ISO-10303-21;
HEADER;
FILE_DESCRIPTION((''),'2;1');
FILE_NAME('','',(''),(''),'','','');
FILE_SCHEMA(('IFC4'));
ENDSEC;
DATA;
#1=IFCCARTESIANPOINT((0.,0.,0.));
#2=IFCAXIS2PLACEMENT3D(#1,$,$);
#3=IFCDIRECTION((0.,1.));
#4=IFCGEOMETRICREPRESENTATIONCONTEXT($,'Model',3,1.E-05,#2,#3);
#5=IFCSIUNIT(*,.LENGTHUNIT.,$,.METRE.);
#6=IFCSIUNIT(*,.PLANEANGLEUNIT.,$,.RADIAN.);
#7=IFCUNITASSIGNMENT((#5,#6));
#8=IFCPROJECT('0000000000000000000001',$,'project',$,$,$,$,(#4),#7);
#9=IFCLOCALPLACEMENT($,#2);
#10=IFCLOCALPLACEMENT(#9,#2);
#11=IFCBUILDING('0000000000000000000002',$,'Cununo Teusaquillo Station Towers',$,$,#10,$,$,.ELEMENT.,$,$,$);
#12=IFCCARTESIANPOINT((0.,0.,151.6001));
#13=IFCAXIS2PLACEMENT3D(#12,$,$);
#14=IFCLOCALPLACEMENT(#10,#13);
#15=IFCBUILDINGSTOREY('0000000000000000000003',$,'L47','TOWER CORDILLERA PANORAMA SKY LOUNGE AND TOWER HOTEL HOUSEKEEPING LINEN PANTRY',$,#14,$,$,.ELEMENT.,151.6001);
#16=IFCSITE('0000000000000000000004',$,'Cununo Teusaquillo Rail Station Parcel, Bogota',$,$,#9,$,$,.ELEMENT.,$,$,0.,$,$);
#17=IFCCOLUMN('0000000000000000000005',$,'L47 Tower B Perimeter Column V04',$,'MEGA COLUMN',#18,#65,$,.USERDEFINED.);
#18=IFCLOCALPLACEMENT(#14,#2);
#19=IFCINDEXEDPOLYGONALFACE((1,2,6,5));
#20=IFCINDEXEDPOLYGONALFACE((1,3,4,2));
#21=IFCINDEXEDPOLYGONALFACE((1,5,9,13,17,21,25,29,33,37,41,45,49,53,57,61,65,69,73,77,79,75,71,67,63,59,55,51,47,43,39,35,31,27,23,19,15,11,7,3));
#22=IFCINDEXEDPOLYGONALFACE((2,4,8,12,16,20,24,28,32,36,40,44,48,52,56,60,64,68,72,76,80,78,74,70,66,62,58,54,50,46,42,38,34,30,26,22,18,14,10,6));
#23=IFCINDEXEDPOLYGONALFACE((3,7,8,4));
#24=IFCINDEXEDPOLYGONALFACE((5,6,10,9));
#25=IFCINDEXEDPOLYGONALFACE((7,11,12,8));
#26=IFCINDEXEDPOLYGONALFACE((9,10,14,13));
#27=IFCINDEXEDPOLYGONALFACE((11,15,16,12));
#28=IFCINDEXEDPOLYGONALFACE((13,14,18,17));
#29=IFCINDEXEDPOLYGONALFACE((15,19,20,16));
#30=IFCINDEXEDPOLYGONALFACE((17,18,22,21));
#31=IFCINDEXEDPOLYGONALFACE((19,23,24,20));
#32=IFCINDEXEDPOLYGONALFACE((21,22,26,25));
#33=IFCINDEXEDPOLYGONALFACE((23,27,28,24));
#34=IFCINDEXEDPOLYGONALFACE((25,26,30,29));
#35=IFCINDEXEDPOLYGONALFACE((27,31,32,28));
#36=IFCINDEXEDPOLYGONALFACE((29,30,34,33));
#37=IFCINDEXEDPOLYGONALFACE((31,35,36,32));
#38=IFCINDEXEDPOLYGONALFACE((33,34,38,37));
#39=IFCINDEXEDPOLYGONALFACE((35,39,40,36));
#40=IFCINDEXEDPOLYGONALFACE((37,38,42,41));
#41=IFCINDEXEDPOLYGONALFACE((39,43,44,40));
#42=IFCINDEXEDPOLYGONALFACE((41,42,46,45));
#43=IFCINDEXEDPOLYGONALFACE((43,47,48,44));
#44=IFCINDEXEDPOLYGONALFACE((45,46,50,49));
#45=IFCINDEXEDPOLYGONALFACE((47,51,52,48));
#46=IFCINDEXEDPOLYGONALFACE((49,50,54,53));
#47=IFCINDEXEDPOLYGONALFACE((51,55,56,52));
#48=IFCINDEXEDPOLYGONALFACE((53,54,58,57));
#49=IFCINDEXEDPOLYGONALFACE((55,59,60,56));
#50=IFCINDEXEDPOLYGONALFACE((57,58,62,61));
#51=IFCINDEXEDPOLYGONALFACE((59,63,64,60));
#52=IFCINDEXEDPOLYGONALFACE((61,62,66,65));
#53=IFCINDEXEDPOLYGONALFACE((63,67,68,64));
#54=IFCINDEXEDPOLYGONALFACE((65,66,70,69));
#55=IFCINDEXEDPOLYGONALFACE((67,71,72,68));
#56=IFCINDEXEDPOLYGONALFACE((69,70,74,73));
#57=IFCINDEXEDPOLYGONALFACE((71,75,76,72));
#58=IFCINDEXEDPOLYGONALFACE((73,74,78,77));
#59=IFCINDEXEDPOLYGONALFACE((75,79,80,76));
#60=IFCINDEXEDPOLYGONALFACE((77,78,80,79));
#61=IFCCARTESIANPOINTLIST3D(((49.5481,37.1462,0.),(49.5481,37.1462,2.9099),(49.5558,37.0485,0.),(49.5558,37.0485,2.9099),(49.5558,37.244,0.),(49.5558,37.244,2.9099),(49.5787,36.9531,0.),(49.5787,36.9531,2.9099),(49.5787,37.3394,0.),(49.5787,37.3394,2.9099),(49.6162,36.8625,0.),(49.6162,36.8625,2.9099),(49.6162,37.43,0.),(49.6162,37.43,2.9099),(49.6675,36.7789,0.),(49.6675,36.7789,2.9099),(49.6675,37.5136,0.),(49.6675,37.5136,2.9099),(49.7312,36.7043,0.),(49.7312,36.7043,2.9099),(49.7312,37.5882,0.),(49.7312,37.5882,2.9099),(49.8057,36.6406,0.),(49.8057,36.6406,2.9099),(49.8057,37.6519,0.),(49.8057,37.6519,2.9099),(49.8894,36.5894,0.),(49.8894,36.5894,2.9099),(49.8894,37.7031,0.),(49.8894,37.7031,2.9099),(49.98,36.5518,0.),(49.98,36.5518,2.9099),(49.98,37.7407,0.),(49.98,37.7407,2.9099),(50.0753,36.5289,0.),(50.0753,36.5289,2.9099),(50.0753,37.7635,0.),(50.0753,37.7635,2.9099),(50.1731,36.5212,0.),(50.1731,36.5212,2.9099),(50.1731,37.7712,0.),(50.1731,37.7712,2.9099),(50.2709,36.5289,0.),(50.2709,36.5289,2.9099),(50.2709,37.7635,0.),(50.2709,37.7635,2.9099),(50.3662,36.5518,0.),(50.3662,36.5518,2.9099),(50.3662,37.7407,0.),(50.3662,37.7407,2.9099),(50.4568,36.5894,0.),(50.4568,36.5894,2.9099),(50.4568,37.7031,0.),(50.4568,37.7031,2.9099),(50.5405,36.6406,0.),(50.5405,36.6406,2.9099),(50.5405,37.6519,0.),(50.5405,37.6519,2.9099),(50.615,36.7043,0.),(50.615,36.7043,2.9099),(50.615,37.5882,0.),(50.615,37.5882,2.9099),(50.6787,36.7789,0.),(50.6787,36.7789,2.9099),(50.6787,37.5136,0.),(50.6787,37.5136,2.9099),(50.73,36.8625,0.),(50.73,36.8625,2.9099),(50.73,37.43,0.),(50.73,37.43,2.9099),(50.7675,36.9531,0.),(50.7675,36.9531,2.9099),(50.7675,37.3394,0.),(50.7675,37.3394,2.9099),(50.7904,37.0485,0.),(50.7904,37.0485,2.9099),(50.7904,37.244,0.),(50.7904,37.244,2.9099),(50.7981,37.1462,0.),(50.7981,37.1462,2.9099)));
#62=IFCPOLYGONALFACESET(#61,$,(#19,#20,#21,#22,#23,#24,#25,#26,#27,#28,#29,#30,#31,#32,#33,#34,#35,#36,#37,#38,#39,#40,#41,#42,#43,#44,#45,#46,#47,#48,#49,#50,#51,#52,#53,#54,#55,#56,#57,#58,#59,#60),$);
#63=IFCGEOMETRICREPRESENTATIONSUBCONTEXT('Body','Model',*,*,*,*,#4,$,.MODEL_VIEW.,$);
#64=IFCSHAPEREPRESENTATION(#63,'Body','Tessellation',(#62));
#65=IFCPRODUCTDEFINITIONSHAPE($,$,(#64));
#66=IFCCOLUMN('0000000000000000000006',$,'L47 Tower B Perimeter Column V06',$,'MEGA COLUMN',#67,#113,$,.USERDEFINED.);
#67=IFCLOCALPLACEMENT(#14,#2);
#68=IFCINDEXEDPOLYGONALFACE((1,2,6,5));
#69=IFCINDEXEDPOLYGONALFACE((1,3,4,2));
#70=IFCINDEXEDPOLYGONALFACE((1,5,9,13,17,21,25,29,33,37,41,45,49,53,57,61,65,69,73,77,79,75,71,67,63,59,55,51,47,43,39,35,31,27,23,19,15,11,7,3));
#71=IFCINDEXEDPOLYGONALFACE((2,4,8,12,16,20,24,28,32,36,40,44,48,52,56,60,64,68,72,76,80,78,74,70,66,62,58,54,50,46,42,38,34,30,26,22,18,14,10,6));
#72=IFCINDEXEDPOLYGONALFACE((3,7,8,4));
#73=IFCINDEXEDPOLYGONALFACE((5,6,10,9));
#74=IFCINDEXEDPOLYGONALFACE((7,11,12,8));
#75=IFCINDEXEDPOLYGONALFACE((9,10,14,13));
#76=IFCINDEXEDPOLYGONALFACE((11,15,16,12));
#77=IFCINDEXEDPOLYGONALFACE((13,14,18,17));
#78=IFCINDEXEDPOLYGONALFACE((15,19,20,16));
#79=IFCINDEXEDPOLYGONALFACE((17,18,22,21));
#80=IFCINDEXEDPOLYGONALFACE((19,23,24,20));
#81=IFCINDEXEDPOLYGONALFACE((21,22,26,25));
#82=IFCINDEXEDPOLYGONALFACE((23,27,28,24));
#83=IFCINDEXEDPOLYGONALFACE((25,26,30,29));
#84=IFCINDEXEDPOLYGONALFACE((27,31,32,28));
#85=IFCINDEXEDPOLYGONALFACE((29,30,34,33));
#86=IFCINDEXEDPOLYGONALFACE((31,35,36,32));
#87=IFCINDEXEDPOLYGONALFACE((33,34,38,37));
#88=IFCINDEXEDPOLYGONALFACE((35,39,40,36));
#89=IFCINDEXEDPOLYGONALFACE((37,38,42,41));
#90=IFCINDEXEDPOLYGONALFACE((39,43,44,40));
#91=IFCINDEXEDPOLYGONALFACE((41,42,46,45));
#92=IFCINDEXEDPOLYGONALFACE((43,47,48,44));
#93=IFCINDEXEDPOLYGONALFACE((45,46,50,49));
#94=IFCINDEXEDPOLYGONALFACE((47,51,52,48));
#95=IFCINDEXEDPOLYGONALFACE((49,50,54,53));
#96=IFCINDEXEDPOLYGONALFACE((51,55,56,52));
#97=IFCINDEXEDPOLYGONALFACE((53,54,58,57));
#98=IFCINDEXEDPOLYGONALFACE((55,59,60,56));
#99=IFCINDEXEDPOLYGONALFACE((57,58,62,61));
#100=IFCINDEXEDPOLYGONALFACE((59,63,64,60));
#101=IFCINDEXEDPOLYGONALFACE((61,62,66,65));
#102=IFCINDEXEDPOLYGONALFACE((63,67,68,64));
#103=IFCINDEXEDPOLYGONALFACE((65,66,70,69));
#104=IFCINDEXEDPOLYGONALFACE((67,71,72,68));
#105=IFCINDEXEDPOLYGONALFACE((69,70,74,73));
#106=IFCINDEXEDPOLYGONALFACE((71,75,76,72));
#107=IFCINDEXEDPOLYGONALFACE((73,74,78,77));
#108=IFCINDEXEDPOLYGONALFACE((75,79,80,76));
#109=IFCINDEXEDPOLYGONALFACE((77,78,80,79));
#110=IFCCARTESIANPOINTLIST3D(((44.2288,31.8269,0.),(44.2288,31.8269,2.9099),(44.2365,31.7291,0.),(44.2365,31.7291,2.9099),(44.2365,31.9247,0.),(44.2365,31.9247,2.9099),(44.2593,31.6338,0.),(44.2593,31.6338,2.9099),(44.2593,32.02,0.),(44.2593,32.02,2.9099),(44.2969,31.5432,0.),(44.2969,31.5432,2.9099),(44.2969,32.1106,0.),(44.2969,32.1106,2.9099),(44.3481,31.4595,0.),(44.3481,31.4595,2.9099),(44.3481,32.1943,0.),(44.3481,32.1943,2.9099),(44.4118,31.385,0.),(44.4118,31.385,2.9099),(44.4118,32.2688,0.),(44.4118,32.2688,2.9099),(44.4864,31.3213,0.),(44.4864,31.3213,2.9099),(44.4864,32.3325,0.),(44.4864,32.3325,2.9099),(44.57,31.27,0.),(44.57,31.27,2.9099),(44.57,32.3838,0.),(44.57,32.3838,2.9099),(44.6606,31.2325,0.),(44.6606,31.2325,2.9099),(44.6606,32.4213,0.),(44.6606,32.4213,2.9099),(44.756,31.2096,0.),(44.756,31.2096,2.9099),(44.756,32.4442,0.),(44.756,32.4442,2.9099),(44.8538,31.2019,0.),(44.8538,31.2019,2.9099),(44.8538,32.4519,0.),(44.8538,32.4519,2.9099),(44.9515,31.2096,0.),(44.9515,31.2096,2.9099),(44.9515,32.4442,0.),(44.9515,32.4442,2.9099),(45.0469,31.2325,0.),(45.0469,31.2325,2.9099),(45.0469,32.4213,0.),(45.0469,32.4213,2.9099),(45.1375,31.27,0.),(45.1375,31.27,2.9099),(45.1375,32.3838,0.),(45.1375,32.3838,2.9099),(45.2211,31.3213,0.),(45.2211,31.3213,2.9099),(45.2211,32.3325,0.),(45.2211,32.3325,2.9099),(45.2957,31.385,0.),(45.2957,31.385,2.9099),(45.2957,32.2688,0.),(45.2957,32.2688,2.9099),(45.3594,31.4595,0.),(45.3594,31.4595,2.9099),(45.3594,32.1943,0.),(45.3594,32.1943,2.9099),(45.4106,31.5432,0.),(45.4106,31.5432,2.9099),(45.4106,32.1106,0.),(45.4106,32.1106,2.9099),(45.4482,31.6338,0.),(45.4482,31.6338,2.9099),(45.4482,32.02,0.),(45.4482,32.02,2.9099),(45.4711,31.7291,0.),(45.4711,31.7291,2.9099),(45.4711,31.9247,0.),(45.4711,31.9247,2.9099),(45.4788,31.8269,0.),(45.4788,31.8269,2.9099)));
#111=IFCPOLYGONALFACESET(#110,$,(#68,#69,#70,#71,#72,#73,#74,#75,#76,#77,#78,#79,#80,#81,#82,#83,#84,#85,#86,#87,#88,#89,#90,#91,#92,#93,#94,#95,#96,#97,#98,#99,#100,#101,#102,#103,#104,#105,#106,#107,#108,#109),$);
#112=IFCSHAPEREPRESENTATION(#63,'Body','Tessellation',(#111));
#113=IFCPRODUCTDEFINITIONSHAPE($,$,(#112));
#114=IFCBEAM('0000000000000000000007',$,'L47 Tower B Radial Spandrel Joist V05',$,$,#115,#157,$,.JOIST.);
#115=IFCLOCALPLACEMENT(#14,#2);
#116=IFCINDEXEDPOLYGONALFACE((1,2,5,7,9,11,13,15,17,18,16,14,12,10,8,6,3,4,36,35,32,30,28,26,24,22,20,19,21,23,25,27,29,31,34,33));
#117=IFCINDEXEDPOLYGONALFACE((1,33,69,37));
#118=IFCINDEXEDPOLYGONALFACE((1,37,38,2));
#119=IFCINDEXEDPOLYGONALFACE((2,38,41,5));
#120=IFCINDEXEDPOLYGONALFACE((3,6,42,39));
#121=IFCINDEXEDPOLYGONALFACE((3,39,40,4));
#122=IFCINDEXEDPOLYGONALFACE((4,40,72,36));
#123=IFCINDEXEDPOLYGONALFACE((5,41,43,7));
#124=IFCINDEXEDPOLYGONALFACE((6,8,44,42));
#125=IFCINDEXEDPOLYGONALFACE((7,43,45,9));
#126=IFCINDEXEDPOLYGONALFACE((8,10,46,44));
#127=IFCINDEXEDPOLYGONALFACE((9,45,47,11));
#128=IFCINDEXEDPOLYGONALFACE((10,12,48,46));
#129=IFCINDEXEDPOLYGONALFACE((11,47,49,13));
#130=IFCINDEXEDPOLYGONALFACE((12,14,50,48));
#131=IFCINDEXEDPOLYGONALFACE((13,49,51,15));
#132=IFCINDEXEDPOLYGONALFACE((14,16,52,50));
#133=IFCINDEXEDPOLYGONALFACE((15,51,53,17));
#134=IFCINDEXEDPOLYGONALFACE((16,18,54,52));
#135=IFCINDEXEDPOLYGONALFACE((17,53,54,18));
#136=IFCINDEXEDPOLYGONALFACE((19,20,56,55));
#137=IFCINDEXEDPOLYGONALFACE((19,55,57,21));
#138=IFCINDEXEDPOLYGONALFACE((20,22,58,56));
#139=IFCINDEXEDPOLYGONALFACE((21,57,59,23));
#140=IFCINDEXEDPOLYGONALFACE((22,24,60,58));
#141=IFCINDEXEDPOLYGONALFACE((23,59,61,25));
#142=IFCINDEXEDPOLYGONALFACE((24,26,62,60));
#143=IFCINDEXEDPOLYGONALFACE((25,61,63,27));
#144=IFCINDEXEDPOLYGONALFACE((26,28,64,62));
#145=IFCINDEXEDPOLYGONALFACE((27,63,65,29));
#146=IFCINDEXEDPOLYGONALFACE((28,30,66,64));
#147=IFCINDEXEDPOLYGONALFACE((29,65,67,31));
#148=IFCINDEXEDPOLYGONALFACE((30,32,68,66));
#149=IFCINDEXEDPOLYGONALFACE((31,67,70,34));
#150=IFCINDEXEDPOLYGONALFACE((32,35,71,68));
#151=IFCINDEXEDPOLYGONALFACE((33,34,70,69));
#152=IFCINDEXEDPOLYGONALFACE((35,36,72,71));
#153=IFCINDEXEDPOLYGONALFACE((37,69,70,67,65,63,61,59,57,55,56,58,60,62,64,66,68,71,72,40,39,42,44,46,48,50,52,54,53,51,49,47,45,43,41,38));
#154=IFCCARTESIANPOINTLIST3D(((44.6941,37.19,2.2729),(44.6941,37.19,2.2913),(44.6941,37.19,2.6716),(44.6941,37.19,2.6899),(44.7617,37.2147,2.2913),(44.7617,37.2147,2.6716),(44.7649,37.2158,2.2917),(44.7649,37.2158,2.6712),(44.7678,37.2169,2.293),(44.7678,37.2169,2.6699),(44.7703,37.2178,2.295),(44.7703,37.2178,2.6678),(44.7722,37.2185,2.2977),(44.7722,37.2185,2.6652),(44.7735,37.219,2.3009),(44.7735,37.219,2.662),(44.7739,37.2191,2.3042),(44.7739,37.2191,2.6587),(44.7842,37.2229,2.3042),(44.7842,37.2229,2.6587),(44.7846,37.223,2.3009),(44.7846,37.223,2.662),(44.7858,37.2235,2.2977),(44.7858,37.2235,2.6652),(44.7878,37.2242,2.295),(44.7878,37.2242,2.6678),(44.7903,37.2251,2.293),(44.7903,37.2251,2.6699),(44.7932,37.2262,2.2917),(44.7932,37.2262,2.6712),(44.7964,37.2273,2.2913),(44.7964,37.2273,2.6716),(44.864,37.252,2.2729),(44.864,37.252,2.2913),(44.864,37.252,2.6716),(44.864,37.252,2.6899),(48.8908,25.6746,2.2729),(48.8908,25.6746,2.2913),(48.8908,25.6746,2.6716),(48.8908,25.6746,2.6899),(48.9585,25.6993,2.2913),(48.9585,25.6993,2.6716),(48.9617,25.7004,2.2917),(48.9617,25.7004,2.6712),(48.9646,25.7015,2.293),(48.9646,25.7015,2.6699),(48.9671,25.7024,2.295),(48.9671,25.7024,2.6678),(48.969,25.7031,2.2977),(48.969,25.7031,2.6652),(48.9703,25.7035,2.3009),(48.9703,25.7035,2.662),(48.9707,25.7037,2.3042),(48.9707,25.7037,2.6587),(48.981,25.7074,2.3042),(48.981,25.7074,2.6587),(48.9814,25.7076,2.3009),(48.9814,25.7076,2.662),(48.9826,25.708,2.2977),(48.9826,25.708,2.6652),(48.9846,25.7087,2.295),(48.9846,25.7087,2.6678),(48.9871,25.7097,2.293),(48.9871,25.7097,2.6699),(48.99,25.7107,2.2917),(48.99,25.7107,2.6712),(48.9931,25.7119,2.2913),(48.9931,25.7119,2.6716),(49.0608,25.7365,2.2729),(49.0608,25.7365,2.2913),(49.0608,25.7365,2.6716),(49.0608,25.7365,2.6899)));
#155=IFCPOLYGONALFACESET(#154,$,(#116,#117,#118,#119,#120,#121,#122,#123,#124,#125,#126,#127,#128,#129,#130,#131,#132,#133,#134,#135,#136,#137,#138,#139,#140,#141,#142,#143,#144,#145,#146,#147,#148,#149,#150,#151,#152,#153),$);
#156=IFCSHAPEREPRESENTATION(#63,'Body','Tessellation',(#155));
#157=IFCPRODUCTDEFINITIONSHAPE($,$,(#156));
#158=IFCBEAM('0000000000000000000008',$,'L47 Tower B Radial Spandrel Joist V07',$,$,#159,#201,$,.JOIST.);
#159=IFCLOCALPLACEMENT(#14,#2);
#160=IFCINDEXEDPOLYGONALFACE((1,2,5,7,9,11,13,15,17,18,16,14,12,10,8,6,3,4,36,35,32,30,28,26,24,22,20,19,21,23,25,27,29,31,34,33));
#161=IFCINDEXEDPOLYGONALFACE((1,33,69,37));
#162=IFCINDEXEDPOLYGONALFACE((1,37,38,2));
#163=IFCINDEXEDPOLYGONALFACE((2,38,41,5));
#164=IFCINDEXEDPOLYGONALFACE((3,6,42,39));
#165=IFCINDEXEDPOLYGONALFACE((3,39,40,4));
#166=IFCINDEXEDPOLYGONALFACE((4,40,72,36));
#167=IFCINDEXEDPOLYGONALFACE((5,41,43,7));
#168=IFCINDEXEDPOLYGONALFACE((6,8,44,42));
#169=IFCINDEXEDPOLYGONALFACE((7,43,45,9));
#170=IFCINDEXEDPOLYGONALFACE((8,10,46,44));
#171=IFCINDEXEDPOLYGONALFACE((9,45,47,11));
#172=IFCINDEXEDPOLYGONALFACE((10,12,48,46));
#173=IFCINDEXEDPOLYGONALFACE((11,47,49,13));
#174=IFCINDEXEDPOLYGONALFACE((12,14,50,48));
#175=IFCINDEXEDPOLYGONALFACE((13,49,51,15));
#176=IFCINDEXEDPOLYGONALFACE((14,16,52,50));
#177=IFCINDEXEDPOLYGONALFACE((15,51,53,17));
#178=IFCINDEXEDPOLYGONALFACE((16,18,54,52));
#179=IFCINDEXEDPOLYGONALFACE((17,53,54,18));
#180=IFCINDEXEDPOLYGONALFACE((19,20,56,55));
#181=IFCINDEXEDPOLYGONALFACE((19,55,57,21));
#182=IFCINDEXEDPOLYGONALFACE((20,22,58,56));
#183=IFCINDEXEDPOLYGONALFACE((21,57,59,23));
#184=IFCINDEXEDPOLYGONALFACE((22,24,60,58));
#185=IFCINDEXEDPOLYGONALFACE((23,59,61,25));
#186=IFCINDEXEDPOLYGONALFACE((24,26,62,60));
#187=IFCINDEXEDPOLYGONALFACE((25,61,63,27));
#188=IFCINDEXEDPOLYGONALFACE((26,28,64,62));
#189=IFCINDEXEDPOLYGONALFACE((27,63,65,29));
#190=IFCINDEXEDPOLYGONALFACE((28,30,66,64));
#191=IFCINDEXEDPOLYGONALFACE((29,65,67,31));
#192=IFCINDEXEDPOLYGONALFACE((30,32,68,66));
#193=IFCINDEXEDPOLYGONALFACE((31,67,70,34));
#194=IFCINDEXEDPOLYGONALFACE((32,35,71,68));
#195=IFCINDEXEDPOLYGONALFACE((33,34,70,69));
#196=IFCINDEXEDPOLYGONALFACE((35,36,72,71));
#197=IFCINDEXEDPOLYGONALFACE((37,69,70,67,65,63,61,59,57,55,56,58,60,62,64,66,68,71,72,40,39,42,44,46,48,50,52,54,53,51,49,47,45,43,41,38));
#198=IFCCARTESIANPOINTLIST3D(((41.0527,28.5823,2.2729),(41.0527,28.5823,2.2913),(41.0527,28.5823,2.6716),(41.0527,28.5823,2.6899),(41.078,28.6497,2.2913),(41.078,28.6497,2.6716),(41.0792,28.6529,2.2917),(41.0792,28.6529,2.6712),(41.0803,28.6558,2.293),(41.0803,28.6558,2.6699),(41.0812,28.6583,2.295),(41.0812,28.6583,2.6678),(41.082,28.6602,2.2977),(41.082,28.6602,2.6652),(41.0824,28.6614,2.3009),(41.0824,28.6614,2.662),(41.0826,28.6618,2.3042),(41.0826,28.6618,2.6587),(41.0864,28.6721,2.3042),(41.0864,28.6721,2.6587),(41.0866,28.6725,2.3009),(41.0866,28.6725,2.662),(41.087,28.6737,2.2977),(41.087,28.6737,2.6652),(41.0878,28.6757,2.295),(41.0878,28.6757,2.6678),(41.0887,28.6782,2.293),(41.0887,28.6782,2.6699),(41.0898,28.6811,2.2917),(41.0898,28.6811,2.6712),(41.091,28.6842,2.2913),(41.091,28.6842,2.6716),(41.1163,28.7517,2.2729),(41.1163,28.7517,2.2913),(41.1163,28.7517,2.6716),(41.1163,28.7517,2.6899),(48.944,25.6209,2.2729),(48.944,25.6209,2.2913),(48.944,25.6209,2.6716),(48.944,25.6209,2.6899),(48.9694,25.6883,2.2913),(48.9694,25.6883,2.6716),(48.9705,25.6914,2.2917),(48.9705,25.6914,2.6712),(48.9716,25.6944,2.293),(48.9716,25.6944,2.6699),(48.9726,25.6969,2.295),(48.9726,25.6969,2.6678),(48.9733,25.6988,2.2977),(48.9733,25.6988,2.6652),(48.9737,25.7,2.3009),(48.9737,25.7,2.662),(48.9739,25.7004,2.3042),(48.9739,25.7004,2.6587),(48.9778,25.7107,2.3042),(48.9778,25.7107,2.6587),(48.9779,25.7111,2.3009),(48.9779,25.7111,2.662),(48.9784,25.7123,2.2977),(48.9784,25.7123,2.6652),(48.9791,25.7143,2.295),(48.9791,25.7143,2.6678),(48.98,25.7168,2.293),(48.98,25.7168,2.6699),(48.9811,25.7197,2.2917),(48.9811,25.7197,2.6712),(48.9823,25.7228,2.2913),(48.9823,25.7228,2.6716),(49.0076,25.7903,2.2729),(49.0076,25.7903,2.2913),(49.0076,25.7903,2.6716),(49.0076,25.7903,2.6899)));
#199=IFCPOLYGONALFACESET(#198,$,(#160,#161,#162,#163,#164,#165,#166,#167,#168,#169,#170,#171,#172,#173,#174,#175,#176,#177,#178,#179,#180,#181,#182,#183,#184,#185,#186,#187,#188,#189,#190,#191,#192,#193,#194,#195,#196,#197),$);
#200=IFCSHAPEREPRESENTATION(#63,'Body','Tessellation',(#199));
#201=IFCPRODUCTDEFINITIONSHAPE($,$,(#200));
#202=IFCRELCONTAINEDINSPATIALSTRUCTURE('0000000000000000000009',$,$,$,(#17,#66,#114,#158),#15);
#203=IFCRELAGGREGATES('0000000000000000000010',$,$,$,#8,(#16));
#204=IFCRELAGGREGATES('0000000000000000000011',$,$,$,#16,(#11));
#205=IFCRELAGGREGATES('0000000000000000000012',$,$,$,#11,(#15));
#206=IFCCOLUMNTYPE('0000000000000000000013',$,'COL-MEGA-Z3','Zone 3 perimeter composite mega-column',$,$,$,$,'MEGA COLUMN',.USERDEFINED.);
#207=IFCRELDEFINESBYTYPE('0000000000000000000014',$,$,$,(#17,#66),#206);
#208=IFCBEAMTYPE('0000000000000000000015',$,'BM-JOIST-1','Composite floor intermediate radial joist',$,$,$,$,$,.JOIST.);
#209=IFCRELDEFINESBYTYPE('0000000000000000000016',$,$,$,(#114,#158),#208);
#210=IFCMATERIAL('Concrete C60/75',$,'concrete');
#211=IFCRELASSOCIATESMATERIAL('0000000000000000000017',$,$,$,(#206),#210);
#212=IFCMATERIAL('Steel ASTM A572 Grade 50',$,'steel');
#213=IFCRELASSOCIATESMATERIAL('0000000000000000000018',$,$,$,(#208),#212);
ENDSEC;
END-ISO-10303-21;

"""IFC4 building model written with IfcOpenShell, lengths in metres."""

from ifc_helpers import new_model, si_unit, direction, frame, origin, origin_2d, place, context, subcontext, project, spatial, circle, i_section, extrude, material, material_profile, profile_set, type_object, element, save


model = new_model("IFC4")

# Units and contexts
model_context = context("Model", 3, precision=1e-05, world=origin(), true_north=direction((0.0, 1.0)))
body_context = subcontext(model_context, "Body", "Model", "MODEL_VIEW")
ifc_project = project(units=[si_unit("LENGTHUNIT", "METRE"), si_unit("PLANEANGLEUNIT", "RADIAN")], contexts=[model_context])

# Site, building, storey
site_placement = place(None, origin())
site = spatial("IfcSite", under=ifc_project, at=site_placement, Name="Cununo Teusaquillo Rail Station Parcel, Bogota", CompositionType="ELEMENT", RefElevation=0.0)
building_placement = place(site_placement, origin())
building = spatial("IfcBuilding", under=site, at=building_placement, Name="Cununo Teusaquillo Station Towers", CompositionType="ELEMENT")
storey_placement = place(building_placement, frame((0.0, 0.0, 151.6001)))
storey = spatial("IfcBuildingStorey", under=building, at=storey_placement, Name="L47", Description="TOWER CORDILLERA PANORAMA SKY LOUNGE AND TOWER HOTEL HOUSEKEEPING LINEN PANTRY", CompositionType="ELEMENT", Elevation=151.6001)

# Columns
ifc_material_1 = material(Name="Concrete C60/75", Category="concrete")
ifc_material_profile_1 = material_profile(ifc_material_1, circle(Radius=0.625, at=origin_2d()), Name="RC-CIRC-1250")
ifc_profile_set_1 = profile_set([ifc_material_profile_1], Name="Concrete C60/75")
column_type = type_object("IfcColumnType", Name="COL-MEGA-Z3", Description="Zone 3 perimeter composite mega-column", ElementType="MEGA COLUMN", PredefinedType="USERDEFINED", material=ifc_profile_set_1)
for number, where, z_axis, x_axis, name in (
    (1, (50.1731, 37.1462, 0.0), (0.0, 0.0, 1.0), (1.0, 0.0, 0.0), "L47 Tower B Perimeter Column V04"),
    (2, (44.8538, 31.8269, 0.0), (0.0, 0.0, 1.0), (1.0, 0.0, 0.0), "L47 Tower B Perimeter Column V06"),
):
    element("IfcColumn", number, at=place(storey_placement, frame(where, z_axis=z_axis, x_axis=x_axis)), inside=storey, type_object=column_type, Name=name, ObjectType="MEGA COLUMN", PredefinedType="USERDEFINED", context=body_context, shape_type="SweptSolid", body=[
        extrude(circle(Radius=0.625, at=origin_2d()), origin(), (0.0, 0.0, 1.0), 2.9099),
    ])

# Beams
ifc_material_2 = material(Name="Steel ASTM A572 Grade 50", Category="steel")
ifc_material_profile_2 = material_profile(ifc_material_2, i_section(OverallWidth=0.1809, OverallDepth=0.417, WebThickness=0.011, FlangeThickness=0.0183, FilletRadius=0.0129, at=origin_2d()), Name="W16X57")
ifc_profile_set_2 = profile_set([ifc_material_profile_2], Name="Steel ASTM A572 Grade 50")
beam_type_1 = type_object("IfcBeamType", Name="BM-JOIST-1", Description="Composite floor intermediate radial joist", PredefinedType="JOIST", material=ifc_profile_set_2)
beam_1_placement = place(storey_placement, frame((48.9758, 25.7056, 2.4814), z_axis=(-0.342418, 0.939548, 0.0), x_axis=(-0.939548, -0.342418, 0.0)))
element("IfcBeam", 3, at=beam_1_placement, inside=storey, type_object=beam_type_1, Name="L47 Tower B Radial Spandrel Joist V05", PredefinedType="JOIST", context=body_context, shape_type="SweptSolid", body=[
    extrude(i_section(OverallWidth=0.1809, OverallDepth=0.417, WebThickness=0.011, FlangeThickness=0.0183, FilletRadius=0.0129, at=origin_2d()), origin(), (0.0, 0.0, 1.0), 12.2563),
])
beam_2_placement = place(storey_placement, frame((48.9758, 25.7056, 2.4814), z_axis=(-0.936245, 0.351349, 0.0), x_axis=(-0.351349, -0.936245, 0.0)))
element("IfcBeam", 4, at=beam_2_placement, inside=storey, type_object=beam_type_1, Name="L47 Tower B Radial Spandrel Joist V07", PredefinedType="JOIST", context=body_context, shape_type="SweptSolid", body=[
    extrude(i_section(OverallWidth=0.1809, OverallDepth=0.417, WebThickness=0.011, FlangeThickness=0.0183, FilletRadius=0.0129, at=origin_2d()), origin(), (0.0, 0.0, 1.0), 8.4287),
])

save(model, "model.ifc")
